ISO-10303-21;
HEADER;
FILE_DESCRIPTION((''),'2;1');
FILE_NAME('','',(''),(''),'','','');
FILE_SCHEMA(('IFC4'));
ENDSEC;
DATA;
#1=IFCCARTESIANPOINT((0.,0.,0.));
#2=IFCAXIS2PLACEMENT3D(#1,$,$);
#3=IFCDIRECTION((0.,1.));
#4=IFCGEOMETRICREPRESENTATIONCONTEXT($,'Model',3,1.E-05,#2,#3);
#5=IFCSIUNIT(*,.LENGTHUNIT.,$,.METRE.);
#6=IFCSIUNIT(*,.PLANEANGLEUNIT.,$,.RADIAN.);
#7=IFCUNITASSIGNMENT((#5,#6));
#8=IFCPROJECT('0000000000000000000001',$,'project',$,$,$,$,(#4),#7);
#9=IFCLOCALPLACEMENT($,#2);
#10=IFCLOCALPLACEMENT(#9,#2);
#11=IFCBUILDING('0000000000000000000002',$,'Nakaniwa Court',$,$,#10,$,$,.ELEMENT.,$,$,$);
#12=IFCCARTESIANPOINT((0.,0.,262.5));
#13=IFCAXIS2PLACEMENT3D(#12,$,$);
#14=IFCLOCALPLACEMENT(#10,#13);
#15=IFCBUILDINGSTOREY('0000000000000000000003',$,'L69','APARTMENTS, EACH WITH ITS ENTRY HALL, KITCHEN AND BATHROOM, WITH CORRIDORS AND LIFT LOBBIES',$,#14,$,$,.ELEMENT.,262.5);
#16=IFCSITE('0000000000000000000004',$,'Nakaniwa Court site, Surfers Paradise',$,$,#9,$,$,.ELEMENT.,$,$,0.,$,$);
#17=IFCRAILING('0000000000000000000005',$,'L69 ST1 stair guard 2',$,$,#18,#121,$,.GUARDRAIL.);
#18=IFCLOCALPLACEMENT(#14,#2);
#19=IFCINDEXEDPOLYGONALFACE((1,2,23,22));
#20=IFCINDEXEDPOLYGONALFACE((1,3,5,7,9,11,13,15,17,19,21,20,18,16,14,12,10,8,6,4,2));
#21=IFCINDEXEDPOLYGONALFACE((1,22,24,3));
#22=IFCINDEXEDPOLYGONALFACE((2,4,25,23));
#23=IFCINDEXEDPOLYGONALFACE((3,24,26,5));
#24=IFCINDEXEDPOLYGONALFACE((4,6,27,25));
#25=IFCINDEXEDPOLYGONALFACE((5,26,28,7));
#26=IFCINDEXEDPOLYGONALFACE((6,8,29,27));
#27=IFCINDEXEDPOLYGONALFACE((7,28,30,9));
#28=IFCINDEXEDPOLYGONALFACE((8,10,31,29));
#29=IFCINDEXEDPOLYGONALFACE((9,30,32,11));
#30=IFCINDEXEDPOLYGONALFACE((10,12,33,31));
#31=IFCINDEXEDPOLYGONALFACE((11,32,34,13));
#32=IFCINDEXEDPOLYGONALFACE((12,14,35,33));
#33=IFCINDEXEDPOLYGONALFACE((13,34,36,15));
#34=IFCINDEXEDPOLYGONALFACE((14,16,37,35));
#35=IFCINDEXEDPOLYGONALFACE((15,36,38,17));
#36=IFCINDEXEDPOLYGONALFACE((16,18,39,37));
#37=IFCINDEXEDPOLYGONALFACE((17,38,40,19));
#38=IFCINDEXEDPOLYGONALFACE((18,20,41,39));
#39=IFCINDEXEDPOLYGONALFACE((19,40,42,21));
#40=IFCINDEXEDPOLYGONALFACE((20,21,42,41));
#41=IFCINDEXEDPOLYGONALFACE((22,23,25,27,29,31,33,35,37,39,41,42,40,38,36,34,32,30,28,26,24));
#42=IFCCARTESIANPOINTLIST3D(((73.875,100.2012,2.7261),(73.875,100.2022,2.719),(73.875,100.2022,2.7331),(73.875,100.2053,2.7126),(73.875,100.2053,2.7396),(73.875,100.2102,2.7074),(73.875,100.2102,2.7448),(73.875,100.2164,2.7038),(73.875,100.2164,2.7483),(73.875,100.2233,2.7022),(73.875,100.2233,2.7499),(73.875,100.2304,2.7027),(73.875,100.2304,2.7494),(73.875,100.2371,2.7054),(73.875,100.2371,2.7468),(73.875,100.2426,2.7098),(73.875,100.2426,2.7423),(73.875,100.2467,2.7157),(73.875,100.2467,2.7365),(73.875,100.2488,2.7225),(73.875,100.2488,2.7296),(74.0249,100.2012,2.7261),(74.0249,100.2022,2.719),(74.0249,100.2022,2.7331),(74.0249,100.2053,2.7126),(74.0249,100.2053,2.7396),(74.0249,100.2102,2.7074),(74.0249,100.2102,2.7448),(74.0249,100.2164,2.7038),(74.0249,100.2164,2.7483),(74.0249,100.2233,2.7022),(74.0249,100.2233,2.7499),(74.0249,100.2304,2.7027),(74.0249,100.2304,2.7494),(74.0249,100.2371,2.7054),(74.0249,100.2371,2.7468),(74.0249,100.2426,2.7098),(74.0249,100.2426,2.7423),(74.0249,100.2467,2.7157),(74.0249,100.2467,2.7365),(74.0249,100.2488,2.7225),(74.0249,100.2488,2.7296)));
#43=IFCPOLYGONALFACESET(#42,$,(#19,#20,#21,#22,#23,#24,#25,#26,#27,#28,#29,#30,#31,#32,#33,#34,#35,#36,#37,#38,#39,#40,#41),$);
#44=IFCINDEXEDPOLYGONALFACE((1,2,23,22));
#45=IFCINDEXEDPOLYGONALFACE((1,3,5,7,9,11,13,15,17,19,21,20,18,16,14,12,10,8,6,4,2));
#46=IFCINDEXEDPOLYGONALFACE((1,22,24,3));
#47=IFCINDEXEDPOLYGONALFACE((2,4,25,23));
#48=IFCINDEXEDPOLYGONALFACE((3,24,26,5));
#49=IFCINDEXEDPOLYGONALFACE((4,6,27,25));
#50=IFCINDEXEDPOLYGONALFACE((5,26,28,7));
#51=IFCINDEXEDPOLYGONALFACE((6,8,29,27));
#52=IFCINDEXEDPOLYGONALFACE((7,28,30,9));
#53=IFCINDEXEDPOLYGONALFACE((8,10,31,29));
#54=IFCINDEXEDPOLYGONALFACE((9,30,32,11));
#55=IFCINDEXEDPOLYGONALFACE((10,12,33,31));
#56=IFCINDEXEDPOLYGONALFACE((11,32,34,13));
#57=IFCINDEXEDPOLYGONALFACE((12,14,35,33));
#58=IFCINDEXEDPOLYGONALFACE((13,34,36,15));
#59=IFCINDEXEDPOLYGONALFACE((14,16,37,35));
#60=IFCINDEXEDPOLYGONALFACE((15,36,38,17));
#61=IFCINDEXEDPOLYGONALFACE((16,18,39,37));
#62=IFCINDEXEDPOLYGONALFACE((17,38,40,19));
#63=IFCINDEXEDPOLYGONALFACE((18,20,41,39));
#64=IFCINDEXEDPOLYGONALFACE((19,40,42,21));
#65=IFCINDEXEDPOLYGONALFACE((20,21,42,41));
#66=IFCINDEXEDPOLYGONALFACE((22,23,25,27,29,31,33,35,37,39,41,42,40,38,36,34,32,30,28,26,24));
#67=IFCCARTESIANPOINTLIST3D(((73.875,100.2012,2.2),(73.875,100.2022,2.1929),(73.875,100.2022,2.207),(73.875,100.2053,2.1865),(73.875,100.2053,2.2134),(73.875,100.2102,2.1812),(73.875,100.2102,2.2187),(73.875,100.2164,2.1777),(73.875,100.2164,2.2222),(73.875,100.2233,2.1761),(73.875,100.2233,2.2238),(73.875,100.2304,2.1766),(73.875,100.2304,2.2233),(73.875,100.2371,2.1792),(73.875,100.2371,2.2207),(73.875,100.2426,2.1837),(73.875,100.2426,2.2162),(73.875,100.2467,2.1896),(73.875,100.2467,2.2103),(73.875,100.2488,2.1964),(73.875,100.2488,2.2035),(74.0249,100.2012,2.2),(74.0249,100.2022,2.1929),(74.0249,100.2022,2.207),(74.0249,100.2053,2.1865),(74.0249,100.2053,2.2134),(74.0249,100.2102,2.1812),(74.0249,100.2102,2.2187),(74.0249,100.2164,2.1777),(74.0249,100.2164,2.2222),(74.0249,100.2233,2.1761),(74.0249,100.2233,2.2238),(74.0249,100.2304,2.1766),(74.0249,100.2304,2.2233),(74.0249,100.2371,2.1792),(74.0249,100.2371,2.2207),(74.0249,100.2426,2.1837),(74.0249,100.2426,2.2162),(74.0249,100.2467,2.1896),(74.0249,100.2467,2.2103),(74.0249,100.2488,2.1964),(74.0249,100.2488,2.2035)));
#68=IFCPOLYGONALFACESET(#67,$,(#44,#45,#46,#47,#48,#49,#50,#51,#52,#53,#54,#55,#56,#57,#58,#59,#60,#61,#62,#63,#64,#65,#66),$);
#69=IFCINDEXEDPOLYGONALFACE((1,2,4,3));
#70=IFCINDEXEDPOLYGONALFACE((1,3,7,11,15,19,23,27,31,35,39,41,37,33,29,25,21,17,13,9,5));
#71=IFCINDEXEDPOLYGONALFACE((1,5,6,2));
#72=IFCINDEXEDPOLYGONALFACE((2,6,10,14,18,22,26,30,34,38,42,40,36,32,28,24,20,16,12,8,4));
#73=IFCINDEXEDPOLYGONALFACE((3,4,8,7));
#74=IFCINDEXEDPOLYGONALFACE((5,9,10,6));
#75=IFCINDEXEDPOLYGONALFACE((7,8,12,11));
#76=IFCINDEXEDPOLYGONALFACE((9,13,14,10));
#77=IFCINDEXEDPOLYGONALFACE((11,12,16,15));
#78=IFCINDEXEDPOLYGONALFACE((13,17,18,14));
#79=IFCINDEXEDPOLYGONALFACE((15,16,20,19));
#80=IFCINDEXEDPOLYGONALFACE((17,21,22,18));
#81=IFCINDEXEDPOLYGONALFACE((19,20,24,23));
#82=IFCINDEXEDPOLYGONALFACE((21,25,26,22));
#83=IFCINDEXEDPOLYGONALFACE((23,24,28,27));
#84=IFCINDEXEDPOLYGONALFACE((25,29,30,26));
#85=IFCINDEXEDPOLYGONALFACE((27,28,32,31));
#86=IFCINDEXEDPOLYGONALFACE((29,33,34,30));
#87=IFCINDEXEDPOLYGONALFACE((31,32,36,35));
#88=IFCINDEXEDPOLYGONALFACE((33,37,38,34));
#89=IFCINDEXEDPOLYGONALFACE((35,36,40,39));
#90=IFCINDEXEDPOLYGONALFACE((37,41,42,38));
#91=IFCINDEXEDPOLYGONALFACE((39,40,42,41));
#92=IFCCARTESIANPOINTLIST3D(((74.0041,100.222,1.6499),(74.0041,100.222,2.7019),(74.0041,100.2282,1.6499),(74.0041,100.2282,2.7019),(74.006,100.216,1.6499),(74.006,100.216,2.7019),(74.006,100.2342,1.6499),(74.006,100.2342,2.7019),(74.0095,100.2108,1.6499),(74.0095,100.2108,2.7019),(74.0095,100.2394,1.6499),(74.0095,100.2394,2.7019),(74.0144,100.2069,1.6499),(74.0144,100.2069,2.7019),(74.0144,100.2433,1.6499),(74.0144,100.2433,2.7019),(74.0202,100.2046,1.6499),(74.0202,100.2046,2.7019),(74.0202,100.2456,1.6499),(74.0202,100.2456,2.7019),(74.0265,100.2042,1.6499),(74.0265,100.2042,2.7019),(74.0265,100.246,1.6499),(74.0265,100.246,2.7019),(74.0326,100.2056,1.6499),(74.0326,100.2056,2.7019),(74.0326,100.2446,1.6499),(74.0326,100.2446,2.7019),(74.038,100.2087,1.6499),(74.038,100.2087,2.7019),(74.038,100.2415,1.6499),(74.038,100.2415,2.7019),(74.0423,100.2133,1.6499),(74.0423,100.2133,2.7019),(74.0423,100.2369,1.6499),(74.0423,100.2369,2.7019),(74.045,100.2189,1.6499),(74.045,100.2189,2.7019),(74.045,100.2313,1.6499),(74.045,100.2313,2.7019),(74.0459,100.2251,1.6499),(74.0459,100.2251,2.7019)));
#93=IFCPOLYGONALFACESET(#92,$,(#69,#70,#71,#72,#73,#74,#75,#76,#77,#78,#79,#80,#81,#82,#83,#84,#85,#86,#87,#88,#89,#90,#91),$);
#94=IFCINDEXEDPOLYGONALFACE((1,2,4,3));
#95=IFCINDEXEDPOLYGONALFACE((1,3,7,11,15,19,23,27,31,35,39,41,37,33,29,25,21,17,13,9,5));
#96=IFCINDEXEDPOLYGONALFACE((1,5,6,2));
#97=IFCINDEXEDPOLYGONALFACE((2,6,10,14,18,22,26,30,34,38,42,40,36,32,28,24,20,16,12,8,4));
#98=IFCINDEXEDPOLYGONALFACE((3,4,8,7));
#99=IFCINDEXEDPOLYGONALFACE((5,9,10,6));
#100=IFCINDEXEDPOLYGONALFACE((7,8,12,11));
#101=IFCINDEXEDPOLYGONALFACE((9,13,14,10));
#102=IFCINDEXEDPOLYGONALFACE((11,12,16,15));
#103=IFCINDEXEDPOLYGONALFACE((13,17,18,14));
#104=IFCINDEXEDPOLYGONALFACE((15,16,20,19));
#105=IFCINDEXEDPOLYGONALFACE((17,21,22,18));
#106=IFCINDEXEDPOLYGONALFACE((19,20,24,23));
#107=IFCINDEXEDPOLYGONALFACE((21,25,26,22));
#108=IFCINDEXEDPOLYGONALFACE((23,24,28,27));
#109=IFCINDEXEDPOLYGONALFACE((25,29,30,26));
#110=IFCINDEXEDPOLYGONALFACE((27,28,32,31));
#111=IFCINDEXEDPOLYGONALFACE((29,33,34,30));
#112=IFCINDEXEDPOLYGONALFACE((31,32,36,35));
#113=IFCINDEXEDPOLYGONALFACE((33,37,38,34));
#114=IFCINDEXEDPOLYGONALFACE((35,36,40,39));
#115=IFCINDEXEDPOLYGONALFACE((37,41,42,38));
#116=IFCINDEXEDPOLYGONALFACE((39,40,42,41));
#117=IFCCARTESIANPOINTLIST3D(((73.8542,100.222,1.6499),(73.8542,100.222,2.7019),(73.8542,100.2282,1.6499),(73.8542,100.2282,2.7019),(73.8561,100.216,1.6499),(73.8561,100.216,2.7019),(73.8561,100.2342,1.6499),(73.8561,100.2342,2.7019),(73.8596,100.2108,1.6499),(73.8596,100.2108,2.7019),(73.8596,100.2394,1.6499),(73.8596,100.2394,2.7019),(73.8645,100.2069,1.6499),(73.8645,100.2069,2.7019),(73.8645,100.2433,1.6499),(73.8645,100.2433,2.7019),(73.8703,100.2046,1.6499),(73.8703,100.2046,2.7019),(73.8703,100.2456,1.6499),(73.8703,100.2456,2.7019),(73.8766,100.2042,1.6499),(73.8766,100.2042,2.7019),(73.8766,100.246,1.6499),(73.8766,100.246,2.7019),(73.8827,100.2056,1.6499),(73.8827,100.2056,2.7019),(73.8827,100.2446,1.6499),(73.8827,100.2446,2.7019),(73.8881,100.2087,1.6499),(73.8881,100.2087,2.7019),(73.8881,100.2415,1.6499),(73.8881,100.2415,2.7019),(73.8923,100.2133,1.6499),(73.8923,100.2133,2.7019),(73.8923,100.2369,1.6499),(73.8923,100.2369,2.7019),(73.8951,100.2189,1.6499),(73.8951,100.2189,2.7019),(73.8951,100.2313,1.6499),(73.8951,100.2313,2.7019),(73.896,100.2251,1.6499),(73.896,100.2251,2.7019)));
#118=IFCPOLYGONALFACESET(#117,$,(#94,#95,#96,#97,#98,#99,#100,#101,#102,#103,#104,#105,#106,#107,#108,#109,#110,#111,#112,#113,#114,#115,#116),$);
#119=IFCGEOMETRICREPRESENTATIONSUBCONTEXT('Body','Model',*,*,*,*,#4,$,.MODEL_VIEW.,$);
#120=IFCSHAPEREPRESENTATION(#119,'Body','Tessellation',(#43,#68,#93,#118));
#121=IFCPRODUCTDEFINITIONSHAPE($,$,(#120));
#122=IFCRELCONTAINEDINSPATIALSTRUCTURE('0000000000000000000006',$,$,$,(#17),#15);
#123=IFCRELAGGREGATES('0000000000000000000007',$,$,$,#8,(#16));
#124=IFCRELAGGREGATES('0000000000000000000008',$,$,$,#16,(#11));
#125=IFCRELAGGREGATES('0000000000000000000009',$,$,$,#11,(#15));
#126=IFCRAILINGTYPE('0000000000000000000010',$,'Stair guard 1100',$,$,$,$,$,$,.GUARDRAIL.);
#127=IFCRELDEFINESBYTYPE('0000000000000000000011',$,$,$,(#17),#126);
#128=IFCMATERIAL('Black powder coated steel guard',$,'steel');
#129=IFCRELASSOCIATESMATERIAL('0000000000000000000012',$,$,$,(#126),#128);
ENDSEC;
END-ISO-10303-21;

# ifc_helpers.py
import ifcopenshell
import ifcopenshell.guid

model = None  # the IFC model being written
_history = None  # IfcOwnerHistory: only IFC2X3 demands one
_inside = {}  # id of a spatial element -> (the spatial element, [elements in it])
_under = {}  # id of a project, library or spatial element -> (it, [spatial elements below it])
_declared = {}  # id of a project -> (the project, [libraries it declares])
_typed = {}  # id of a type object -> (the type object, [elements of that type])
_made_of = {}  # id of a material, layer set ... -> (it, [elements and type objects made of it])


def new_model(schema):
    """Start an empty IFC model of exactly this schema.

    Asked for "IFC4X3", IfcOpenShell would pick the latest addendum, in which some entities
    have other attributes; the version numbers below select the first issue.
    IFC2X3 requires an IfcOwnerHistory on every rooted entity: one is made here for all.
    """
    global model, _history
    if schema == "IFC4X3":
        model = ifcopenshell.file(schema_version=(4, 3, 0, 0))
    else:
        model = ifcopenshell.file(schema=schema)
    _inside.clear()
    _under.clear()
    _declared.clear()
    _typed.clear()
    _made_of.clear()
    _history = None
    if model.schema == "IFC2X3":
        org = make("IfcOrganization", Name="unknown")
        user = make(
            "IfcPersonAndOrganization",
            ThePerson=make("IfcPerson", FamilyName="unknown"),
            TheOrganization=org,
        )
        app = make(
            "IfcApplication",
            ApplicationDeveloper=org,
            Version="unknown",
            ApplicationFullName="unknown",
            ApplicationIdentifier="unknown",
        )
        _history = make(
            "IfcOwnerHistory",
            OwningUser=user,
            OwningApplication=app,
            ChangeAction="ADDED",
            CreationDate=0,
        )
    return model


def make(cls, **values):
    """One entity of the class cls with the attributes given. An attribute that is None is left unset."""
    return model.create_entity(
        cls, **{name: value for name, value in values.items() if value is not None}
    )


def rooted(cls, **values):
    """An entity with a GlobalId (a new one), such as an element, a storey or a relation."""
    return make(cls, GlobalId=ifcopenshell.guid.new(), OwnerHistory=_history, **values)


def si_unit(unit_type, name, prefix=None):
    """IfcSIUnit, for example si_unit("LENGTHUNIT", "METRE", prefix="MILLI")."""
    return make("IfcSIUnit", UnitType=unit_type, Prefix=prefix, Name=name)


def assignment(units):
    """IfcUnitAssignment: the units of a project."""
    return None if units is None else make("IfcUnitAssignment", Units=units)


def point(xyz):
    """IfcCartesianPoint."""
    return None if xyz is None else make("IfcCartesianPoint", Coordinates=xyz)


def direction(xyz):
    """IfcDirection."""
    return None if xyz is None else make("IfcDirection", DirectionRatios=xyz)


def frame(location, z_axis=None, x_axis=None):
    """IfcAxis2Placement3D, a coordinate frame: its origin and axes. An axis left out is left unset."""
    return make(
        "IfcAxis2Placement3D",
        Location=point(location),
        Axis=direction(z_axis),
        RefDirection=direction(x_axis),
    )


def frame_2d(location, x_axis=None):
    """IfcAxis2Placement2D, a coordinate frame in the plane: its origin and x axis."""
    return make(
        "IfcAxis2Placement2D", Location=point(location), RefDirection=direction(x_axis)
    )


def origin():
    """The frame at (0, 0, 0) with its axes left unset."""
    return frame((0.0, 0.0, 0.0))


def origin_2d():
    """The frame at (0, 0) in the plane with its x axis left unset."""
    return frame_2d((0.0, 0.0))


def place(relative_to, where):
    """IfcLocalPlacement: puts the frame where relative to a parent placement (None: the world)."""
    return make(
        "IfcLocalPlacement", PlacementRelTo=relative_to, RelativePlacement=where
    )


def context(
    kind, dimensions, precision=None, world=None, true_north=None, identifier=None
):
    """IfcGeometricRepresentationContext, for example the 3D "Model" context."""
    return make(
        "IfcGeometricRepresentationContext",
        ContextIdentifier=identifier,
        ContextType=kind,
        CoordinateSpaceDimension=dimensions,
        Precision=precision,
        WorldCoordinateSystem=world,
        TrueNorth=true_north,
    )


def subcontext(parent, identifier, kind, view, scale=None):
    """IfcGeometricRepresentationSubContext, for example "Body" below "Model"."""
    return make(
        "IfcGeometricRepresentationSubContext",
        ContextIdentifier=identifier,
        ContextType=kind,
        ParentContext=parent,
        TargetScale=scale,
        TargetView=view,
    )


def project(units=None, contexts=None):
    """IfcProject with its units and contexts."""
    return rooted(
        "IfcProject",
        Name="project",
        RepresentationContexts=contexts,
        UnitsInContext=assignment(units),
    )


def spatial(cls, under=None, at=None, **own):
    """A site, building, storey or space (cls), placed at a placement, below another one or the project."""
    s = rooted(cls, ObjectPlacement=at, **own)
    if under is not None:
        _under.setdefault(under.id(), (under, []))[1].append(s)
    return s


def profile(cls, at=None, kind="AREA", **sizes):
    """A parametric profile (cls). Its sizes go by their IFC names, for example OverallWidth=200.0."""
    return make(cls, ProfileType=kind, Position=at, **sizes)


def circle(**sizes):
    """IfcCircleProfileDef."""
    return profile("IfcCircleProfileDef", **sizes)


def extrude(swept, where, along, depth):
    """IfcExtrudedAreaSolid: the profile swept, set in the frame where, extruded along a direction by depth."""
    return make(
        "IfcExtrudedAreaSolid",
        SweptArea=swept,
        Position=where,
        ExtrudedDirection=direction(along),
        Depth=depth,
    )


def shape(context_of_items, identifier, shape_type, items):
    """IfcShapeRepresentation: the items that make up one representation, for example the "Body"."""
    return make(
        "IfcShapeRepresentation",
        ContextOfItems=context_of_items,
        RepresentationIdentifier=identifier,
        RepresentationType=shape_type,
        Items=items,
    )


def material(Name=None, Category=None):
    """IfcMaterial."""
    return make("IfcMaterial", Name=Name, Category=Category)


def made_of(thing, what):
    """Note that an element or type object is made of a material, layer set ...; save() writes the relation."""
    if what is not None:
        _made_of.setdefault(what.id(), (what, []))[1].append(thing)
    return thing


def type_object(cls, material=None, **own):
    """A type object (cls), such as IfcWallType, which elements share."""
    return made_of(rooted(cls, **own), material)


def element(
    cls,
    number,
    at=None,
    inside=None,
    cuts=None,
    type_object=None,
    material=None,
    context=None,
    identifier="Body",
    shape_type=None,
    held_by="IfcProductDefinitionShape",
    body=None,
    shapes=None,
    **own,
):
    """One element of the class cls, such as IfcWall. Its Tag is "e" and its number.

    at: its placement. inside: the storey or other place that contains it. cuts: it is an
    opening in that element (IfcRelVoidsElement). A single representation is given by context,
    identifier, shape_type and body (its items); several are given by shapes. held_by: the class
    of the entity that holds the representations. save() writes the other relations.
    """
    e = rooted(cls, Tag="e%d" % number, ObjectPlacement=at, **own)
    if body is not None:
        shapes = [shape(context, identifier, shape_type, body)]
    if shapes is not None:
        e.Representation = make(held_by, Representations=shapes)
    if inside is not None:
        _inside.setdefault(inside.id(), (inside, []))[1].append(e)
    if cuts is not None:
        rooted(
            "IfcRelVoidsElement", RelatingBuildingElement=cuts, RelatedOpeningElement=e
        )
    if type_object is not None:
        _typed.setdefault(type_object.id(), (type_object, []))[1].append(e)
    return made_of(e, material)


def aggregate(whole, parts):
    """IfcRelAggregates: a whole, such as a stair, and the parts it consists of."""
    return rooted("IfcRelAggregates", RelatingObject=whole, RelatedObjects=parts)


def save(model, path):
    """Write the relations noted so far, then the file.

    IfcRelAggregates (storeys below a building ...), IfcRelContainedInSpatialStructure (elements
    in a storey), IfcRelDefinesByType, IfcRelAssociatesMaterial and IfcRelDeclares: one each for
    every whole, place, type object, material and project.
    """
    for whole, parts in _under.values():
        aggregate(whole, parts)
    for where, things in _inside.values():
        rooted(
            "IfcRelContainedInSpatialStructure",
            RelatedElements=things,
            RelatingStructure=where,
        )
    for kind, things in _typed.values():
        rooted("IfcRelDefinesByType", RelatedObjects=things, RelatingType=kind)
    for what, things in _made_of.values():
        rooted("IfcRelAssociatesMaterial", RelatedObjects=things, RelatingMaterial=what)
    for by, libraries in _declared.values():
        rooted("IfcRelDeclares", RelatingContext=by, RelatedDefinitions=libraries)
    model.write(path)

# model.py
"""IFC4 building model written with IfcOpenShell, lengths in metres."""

from ifc_helpers import new_model, si_unit, direction, frame, origin, origin_2d, place, context, subcontext, project, spatial, circle, extrude, material, type_object, element, save


model = new_model("IFC4")

# Units and contexts
model_context = context("Model", 3, precision=1e-05, world=origin(), true_north=direction((0.0, 1.0)))
body_context = subcontext(model_context, "Body", "Model", "MODEL_VIEW")
ifc_project = project(units=[si_unit("LENGTHUNIT", "METRE"), si_unit("PLANEANGLEUNIT", "RADIAN")], contexts=[model_context])

# Site, building, storey
site_placement = place(None, origin())
site = spatial("IfcSite", under=ifc_project, at=site_placement, Name="Nakaniwa Court site, Surfers Paradise", CompositionType="ELEMENT", RefElevation=0.0)
building_placement = place(site_placement, origin())
building = spatial("IfcBuilding", under=site, at=building_placement, Name="Nakaniwa Court", CompositionType="ELEMENT")
storey_placement = place(building_placement, frame((0.0, 0.0, 262.5)))
storey = spatial("IfcBuildingStorey", under=building, at=storey_placement, Name="L69", Description="APARTMENTS, EACH WITH ITS ENTRY HALL, KITCHEN AND BATHROOM, WITH CORRIDORS AND LIFT LOBBIES", CompositionType="ELEMENT", Elevation=262.5)

# Railing
ifc_material_1 = material(Name="Black powder coated steel guard", Category="steel")
railing_type_1 = type_object("IfcRailingType", Name="Stair guard 1100", PredefinedType="GUARDRAIL", material=ifc_material_1)
railing_1_placement = place(storey_placement, frame((74.0249, 100.2251, 1.6499)))
element("IfcRailing", 1, at=railing_1_placement, inside=storey, type_object=railing_type_1, Name="L69 ST1 stair guard 2", PredefinedType="GUARDRAIL", context=body_context, shape_type="SweptSolid", body=[
    extrude(circle(Radius=0.0239, at=origin_2d()), frame((0.0, 0.0, 1.0762), z_axis=(-1.0, 0.0, 0.0), x_axis=(0.0, -1.0, 0.0)), (0.0, 0.0, 1.0), 0.1499),
    extrude(circle(Radius=0.0239, at=origin_2d()), frame((0.0, 0.0, 0.55), z_axis=(-1.0, 0.0, 0.0), x_axis=(0.0, -1.0, 0.0)), (0.0, 0.0, 1.0), 0.1499),
    extrude(circle(Radius=0.021, at=origin_2d()), origin(), (0.0, 0.0, 1.0), 1.052),
    extrude(circle(Radius=0.021, at=origin_2d()), frame((-0.1499, 0.0, 0.0)), (0.0, 0.0, 1.0), 1.052),
])

save(model, "model.ifc")
